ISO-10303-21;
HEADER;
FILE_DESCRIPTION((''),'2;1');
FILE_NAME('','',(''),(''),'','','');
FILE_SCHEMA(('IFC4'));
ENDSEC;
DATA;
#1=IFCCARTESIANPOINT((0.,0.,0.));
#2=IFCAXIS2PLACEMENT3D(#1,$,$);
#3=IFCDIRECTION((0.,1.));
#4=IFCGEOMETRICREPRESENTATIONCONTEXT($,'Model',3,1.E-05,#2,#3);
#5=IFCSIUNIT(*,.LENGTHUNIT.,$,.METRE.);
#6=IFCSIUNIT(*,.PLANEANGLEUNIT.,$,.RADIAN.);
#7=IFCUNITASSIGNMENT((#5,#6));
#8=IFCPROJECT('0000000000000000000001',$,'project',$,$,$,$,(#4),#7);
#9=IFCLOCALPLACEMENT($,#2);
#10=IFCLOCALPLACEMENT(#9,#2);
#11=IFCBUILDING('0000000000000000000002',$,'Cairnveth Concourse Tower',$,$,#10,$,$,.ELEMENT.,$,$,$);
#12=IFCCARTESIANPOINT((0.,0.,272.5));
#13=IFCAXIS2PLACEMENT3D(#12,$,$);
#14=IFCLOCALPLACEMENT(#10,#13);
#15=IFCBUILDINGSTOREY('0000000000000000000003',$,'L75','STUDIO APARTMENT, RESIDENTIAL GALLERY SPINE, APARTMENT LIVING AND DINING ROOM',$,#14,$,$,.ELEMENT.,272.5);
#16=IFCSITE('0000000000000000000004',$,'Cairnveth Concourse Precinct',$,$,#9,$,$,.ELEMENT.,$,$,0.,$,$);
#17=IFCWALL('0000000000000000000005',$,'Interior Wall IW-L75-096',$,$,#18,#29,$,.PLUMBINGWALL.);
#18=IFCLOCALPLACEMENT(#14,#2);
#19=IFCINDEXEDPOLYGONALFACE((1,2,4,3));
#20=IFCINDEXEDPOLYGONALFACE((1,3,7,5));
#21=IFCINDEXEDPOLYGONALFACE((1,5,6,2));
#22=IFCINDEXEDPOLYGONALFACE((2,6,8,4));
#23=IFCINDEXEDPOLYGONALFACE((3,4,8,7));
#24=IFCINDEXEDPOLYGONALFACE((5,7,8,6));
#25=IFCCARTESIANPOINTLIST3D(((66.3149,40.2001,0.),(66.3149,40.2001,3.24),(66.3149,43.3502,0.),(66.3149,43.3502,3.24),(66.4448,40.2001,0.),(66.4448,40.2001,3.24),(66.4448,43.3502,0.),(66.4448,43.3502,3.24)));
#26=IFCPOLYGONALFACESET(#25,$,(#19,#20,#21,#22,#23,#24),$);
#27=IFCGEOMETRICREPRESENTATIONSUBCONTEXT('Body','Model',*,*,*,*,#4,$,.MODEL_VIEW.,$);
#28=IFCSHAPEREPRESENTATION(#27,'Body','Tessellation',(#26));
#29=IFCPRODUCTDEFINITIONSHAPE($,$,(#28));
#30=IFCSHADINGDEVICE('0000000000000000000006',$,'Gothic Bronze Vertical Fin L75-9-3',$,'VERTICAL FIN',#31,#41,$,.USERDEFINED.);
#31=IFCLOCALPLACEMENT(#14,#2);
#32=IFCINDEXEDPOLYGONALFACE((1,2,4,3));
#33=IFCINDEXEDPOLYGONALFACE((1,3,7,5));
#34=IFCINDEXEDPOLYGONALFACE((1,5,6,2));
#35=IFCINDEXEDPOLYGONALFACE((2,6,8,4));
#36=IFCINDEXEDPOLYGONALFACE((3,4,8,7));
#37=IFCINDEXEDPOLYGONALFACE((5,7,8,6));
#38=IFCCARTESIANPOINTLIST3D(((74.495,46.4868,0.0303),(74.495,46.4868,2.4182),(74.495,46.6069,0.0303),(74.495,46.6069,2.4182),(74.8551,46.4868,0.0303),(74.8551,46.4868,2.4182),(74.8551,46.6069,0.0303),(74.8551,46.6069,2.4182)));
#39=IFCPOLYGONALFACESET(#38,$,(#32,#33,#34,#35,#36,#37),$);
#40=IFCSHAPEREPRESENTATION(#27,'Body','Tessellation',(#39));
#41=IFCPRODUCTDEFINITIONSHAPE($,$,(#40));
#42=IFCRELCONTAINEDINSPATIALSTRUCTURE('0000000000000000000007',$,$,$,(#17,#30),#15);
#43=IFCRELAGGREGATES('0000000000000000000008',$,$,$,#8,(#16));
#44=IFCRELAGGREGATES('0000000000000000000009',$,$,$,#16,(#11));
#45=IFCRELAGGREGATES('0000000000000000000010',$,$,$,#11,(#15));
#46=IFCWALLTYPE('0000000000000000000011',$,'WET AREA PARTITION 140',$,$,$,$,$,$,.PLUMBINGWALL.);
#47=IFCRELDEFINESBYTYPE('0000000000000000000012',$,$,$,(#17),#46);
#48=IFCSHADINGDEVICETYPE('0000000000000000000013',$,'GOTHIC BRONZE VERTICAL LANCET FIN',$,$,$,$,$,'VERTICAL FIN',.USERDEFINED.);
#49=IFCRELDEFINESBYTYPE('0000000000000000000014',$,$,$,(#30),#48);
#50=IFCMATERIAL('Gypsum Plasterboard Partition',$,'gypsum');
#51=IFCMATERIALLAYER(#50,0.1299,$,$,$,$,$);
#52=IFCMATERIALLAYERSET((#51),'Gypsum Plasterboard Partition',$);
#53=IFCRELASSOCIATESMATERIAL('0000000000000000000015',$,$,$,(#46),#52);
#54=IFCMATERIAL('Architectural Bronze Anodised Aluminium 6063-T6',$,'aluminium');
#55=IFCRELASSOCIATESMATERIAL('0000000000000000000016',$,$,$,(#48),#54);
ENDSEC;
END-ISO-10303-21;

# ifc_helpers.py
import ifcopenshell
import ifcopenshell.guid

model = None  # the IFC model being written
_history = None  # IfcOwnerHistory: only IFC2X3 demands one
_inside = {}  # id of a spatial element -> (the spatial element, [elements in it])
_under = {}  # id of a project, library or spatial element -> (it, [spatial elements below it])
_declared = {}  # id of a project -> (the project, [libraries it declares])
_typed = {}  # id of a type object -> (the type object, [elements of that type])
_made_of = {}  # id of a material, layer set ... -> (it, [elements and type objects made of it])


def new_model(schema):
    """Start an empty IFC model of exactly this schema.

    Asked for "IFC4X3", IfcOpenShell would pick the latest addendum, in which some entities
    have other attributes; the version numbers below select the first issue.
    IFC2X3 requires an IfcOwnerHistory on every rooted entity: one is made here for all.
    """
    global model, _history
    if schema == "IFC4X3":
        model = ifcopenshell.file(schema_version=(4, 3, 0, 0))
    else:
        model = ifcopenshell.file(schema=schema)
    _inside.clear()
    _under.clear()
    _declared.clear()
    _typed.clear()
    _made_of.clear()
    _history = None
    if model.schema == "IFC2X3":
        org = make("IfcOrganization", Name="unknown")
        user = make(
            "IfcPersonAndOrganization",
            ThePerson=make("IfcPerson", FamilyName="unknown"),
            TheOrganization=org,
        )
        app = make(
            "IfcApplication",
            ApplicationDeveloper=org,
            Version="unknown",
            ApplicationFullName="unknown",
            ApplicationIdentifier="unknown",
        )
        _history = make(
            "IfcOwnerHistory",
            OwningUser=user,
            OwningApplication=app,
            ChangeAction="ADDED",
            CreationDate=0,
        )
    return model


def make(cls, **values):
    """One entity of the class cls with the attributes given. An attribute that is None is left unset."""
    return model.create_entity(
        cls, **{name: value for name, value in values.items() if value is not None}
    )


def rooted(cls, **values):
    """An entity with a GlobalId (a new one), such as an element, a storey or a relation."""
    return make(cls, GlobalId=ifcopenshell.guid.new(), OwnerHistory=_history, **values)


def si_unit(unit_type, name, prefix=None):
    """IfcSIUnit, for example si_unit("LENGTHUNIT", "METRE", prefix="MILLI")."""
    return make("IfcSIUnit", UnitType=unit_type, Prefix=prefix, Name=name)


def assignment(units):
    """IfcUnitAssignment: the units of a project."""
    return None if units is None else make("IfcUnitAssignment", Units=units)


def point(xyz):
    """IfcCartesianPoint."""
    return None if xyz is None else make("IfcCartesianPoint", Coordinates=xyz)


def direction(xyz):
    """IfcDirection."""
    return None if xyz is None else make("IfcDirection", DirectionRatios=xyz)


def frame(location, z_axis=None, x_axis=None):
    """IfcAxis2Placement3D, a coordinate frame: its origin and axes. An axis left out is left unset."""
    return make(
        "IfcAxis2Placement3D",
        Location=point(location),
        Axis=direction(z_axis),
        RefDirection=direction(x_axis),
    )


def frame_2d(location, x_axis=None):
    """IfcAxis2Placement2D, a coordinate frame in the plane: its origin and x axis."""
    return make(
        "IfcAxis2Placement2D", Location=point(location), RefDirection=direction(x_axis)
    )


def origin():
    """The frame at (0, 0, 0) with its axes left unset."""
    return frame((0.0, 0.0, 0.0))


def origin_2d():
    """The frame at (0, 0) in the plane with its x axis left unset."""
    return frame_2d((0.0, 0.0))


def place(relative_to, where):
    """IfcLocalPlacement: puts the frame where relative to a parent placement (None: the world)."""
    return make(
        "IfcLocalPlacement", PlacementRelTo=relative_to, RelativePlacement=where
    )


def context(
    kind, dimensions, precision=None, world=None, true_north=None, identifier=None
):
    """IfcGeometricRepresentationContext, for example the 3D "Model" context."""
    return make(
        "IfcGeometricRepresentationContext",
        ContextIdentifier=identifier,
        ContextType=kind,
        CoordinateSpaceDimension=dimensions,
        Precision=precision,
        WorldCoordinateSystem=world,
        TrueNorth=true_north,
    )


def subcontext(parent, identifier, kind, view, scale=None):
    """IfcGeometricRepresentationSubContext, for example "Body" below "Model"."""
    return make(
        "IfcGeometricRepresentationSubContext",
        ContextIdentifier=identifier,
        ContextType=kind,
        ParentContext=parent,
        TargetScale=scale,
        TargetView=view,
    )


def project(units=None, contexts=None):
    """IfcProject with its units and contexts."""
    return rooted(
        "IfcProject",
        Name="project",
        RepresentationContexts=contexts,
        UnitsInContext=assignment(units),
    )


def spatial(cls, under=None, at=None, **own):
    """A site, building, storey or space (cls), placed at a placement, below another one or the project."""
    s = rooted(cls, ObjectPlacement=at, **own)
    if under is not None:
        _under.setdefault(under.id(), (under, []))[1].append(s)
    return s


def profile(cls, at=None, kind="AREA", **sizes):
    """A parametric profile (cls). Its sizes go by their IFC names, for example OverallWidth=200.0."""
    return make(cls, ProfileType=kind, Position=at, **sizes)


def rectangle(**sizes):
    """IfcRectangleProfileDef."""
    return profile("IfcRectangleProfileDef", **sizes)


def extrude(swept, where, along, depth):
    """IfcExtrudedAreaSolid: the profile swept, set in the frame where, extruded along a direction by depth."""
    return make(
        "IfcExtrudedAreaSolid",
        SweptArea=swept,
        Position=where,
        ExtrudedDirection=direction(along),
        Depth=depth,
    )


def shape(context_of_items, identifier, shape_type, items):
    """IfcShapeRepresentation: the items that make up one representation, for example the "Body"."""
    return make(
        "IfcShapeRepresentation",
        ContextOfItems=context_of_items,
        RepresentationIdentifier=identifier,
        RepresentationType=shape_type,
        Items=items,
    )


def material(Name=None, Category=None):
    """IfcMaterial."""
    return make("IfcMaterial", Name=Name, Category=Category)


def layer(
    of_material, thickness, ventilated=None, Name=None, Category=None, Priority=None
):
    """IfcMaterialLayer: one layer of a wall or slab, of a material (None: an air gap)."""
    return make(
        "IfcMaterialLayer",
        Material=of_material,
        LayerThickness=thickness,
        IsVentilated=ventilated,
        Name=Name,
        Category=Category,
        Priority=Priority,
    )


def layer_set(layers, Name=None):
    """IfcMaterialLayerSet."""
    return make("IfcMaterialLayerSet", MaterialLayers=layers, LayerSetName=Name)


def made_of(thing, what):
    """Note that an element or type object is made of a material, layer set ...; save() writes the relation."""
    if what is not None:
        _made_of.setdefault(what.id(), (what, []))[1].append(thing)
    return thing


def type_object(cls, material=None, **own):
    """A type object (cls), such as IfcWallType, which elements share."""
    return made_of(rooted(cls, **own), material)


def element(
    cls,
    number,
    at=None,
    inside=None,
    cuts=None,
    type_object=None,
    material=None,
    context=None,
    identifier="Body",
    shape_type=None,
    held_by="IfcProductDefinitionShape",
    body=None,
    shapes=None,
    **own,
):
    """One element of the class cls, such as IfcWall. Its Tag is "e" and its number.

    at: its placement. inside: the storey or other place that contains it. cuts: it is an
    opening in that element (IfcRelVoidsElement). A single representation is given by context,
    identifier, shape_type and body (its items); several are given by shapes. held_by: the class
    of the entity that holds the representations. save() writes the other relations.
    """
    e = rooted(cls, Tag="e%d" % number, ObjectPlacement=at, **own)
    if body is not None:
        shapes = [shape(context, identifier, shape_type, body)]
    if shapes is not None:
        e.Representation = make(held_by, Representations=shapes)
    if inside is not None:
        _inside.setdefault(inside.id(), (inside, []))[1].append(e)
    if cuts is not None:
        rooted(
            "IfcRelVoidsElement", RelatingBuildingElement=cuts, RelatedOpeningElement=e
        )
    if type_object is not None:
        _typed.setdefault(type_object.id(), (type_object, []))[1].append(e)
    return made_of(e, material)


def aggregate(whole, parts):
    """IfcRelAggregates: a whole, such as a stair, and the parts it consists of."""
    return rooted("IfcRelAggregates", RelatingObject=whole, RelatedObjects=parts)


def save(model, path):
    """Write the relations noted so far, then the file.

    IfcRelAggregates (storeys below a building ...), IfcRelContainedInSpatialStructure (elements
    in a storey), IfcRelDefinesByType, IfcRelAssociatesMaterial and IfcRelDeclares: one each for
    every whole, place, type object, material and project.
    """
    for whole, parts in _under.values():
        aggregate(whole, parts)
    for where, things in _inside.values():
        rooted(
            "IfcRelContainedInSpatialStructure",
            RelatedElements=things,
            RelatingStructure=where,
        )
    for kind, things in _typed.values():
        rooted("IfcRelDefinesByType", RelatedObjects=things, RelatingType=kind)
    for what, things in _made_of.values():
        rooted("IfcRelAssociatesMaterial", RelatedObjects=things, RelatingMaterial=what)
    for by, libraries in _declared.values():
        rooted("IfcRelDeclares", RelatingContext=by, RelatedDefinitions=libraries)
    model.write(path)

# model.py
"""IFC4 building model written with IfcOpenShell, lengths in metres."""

from ifc_helpers import new_model, si_unit, direction, frame, frame_2d, origin, origin_2d, place, context, subcontext, project, spatial, rectangle, extrude, material, layer, layer_set, type_object, element, save


model = new_model("IFC4")

# Units and contexts
model_context = context("Model", 3, precision=1e-05, world=origin(), true_north=direction((0.0, 1.0)))
body_context = subcontext(model_context, "Body", "Model", "MODEL_VIEW")
ifc_project = project(units=[si_unit("LENGTHUNIT", "METRE"), si_unit("PLANEANGLEUNIT", "RADIAN")], contexts=[model_context])

# Site, building, storey
site_placement = place(None, origin())
site = spatial("IfcSite", under=ifc_project, at=site_placement, Name="Cairnveth Concourse Precinct", CompositionType="ELEMENT", RefElevation=0.0)
building_placement = place(site_placement, origin())
building = spatial("IfcBuilding", under=site, at=building_placement, Name="Cairnveth Concourse Tower", CompositionType="ELEMENT")
storey_placement = place(building_placement, frame((0.0, 0.0, 272.5)))
storey = spatial("IfcBuildingStorey", under=building, at=storey_placement, Name="L75", Description="STUDIO APARTMENT, RESIDENTIAL GALLERY SPINE, APARTMENT LIVING AND DINING ROOM", CompositionType="ELEMENT", Elevation=272.5)

# Shared definitions
ifc_material_1 = material(Name="Gypsum Plasterboard Partition", Category="gypsum")

# Shared definitions
ifc_layer_1 = layer(ifc_material_1, 0.1299)
ifc_layer_set_1 = layer_set([ifc_layer_1], Name="Gypsum Plasterboard Partition")
wall_type_1 = type_object("IfcWallType", Name="WET AREA PARTITION 140", PredefinedType="PLUMBINGWALL", material=ifc_layer_set_1)

# Wall
wall_1_placement = place(storey_placement, frame((66.3799, 40.2, 0.0), z_axis=(0.0, 0.0, 1.0), x_axis=(0.0, 1.0, 0.0)))
element("IfcWall", 1, at=wall_1_placement, inside=storey, type_object=wall_type_1, Name="Interior Wall IW-L75-096", PredefinedType="PLUMBINGWALL", context=body_context, shape_type="SweptSolid", body=[
    extrude(rectangle(XDim=3.1501, YDim=0.1299, at=frame_2d((1.5752, 0.0))), origin(), (0.0, 0.0, 1.0), 3.24),
])

# Shading device
ifc_material_2 = material(Name="Architectural Bronze Anodised Aluminium 6063-T6", Category="aluminium")
shading_device_type = type_object("IfcShadingDeviceType", Name="GOTHIC BRONZE VERTICAL LANCET FIN", ElementType="VERTICAL FIN", PredefinedType="USERDEFINED", material=ifc_material_2)
shading_device_placement = place(storey_placement, frame((74.675, 46.5469, 0.0303), z_axis=(0.0, 0.0, 1.0), x_axis=(0.0, 1.0, 0.0)))
element("IfcShadingDevice", 2, at=shading_device_placement, inside=storey, type_object=shading_device_type, Name="Gothic Bronze Vertical Fin L75-9-3", ObjectType="VERTICAL FIN", PredefinedType="USERDEFINED", context=body_context, shape_type="SweptSolid", body=[
    extrude(rectangle(XDim=0.1201, YDim=0.3601, at=origin_2d()), origin(), (0.0, 0.0, 1.0), 2.3879),
])

save(model, "model.ifc")
